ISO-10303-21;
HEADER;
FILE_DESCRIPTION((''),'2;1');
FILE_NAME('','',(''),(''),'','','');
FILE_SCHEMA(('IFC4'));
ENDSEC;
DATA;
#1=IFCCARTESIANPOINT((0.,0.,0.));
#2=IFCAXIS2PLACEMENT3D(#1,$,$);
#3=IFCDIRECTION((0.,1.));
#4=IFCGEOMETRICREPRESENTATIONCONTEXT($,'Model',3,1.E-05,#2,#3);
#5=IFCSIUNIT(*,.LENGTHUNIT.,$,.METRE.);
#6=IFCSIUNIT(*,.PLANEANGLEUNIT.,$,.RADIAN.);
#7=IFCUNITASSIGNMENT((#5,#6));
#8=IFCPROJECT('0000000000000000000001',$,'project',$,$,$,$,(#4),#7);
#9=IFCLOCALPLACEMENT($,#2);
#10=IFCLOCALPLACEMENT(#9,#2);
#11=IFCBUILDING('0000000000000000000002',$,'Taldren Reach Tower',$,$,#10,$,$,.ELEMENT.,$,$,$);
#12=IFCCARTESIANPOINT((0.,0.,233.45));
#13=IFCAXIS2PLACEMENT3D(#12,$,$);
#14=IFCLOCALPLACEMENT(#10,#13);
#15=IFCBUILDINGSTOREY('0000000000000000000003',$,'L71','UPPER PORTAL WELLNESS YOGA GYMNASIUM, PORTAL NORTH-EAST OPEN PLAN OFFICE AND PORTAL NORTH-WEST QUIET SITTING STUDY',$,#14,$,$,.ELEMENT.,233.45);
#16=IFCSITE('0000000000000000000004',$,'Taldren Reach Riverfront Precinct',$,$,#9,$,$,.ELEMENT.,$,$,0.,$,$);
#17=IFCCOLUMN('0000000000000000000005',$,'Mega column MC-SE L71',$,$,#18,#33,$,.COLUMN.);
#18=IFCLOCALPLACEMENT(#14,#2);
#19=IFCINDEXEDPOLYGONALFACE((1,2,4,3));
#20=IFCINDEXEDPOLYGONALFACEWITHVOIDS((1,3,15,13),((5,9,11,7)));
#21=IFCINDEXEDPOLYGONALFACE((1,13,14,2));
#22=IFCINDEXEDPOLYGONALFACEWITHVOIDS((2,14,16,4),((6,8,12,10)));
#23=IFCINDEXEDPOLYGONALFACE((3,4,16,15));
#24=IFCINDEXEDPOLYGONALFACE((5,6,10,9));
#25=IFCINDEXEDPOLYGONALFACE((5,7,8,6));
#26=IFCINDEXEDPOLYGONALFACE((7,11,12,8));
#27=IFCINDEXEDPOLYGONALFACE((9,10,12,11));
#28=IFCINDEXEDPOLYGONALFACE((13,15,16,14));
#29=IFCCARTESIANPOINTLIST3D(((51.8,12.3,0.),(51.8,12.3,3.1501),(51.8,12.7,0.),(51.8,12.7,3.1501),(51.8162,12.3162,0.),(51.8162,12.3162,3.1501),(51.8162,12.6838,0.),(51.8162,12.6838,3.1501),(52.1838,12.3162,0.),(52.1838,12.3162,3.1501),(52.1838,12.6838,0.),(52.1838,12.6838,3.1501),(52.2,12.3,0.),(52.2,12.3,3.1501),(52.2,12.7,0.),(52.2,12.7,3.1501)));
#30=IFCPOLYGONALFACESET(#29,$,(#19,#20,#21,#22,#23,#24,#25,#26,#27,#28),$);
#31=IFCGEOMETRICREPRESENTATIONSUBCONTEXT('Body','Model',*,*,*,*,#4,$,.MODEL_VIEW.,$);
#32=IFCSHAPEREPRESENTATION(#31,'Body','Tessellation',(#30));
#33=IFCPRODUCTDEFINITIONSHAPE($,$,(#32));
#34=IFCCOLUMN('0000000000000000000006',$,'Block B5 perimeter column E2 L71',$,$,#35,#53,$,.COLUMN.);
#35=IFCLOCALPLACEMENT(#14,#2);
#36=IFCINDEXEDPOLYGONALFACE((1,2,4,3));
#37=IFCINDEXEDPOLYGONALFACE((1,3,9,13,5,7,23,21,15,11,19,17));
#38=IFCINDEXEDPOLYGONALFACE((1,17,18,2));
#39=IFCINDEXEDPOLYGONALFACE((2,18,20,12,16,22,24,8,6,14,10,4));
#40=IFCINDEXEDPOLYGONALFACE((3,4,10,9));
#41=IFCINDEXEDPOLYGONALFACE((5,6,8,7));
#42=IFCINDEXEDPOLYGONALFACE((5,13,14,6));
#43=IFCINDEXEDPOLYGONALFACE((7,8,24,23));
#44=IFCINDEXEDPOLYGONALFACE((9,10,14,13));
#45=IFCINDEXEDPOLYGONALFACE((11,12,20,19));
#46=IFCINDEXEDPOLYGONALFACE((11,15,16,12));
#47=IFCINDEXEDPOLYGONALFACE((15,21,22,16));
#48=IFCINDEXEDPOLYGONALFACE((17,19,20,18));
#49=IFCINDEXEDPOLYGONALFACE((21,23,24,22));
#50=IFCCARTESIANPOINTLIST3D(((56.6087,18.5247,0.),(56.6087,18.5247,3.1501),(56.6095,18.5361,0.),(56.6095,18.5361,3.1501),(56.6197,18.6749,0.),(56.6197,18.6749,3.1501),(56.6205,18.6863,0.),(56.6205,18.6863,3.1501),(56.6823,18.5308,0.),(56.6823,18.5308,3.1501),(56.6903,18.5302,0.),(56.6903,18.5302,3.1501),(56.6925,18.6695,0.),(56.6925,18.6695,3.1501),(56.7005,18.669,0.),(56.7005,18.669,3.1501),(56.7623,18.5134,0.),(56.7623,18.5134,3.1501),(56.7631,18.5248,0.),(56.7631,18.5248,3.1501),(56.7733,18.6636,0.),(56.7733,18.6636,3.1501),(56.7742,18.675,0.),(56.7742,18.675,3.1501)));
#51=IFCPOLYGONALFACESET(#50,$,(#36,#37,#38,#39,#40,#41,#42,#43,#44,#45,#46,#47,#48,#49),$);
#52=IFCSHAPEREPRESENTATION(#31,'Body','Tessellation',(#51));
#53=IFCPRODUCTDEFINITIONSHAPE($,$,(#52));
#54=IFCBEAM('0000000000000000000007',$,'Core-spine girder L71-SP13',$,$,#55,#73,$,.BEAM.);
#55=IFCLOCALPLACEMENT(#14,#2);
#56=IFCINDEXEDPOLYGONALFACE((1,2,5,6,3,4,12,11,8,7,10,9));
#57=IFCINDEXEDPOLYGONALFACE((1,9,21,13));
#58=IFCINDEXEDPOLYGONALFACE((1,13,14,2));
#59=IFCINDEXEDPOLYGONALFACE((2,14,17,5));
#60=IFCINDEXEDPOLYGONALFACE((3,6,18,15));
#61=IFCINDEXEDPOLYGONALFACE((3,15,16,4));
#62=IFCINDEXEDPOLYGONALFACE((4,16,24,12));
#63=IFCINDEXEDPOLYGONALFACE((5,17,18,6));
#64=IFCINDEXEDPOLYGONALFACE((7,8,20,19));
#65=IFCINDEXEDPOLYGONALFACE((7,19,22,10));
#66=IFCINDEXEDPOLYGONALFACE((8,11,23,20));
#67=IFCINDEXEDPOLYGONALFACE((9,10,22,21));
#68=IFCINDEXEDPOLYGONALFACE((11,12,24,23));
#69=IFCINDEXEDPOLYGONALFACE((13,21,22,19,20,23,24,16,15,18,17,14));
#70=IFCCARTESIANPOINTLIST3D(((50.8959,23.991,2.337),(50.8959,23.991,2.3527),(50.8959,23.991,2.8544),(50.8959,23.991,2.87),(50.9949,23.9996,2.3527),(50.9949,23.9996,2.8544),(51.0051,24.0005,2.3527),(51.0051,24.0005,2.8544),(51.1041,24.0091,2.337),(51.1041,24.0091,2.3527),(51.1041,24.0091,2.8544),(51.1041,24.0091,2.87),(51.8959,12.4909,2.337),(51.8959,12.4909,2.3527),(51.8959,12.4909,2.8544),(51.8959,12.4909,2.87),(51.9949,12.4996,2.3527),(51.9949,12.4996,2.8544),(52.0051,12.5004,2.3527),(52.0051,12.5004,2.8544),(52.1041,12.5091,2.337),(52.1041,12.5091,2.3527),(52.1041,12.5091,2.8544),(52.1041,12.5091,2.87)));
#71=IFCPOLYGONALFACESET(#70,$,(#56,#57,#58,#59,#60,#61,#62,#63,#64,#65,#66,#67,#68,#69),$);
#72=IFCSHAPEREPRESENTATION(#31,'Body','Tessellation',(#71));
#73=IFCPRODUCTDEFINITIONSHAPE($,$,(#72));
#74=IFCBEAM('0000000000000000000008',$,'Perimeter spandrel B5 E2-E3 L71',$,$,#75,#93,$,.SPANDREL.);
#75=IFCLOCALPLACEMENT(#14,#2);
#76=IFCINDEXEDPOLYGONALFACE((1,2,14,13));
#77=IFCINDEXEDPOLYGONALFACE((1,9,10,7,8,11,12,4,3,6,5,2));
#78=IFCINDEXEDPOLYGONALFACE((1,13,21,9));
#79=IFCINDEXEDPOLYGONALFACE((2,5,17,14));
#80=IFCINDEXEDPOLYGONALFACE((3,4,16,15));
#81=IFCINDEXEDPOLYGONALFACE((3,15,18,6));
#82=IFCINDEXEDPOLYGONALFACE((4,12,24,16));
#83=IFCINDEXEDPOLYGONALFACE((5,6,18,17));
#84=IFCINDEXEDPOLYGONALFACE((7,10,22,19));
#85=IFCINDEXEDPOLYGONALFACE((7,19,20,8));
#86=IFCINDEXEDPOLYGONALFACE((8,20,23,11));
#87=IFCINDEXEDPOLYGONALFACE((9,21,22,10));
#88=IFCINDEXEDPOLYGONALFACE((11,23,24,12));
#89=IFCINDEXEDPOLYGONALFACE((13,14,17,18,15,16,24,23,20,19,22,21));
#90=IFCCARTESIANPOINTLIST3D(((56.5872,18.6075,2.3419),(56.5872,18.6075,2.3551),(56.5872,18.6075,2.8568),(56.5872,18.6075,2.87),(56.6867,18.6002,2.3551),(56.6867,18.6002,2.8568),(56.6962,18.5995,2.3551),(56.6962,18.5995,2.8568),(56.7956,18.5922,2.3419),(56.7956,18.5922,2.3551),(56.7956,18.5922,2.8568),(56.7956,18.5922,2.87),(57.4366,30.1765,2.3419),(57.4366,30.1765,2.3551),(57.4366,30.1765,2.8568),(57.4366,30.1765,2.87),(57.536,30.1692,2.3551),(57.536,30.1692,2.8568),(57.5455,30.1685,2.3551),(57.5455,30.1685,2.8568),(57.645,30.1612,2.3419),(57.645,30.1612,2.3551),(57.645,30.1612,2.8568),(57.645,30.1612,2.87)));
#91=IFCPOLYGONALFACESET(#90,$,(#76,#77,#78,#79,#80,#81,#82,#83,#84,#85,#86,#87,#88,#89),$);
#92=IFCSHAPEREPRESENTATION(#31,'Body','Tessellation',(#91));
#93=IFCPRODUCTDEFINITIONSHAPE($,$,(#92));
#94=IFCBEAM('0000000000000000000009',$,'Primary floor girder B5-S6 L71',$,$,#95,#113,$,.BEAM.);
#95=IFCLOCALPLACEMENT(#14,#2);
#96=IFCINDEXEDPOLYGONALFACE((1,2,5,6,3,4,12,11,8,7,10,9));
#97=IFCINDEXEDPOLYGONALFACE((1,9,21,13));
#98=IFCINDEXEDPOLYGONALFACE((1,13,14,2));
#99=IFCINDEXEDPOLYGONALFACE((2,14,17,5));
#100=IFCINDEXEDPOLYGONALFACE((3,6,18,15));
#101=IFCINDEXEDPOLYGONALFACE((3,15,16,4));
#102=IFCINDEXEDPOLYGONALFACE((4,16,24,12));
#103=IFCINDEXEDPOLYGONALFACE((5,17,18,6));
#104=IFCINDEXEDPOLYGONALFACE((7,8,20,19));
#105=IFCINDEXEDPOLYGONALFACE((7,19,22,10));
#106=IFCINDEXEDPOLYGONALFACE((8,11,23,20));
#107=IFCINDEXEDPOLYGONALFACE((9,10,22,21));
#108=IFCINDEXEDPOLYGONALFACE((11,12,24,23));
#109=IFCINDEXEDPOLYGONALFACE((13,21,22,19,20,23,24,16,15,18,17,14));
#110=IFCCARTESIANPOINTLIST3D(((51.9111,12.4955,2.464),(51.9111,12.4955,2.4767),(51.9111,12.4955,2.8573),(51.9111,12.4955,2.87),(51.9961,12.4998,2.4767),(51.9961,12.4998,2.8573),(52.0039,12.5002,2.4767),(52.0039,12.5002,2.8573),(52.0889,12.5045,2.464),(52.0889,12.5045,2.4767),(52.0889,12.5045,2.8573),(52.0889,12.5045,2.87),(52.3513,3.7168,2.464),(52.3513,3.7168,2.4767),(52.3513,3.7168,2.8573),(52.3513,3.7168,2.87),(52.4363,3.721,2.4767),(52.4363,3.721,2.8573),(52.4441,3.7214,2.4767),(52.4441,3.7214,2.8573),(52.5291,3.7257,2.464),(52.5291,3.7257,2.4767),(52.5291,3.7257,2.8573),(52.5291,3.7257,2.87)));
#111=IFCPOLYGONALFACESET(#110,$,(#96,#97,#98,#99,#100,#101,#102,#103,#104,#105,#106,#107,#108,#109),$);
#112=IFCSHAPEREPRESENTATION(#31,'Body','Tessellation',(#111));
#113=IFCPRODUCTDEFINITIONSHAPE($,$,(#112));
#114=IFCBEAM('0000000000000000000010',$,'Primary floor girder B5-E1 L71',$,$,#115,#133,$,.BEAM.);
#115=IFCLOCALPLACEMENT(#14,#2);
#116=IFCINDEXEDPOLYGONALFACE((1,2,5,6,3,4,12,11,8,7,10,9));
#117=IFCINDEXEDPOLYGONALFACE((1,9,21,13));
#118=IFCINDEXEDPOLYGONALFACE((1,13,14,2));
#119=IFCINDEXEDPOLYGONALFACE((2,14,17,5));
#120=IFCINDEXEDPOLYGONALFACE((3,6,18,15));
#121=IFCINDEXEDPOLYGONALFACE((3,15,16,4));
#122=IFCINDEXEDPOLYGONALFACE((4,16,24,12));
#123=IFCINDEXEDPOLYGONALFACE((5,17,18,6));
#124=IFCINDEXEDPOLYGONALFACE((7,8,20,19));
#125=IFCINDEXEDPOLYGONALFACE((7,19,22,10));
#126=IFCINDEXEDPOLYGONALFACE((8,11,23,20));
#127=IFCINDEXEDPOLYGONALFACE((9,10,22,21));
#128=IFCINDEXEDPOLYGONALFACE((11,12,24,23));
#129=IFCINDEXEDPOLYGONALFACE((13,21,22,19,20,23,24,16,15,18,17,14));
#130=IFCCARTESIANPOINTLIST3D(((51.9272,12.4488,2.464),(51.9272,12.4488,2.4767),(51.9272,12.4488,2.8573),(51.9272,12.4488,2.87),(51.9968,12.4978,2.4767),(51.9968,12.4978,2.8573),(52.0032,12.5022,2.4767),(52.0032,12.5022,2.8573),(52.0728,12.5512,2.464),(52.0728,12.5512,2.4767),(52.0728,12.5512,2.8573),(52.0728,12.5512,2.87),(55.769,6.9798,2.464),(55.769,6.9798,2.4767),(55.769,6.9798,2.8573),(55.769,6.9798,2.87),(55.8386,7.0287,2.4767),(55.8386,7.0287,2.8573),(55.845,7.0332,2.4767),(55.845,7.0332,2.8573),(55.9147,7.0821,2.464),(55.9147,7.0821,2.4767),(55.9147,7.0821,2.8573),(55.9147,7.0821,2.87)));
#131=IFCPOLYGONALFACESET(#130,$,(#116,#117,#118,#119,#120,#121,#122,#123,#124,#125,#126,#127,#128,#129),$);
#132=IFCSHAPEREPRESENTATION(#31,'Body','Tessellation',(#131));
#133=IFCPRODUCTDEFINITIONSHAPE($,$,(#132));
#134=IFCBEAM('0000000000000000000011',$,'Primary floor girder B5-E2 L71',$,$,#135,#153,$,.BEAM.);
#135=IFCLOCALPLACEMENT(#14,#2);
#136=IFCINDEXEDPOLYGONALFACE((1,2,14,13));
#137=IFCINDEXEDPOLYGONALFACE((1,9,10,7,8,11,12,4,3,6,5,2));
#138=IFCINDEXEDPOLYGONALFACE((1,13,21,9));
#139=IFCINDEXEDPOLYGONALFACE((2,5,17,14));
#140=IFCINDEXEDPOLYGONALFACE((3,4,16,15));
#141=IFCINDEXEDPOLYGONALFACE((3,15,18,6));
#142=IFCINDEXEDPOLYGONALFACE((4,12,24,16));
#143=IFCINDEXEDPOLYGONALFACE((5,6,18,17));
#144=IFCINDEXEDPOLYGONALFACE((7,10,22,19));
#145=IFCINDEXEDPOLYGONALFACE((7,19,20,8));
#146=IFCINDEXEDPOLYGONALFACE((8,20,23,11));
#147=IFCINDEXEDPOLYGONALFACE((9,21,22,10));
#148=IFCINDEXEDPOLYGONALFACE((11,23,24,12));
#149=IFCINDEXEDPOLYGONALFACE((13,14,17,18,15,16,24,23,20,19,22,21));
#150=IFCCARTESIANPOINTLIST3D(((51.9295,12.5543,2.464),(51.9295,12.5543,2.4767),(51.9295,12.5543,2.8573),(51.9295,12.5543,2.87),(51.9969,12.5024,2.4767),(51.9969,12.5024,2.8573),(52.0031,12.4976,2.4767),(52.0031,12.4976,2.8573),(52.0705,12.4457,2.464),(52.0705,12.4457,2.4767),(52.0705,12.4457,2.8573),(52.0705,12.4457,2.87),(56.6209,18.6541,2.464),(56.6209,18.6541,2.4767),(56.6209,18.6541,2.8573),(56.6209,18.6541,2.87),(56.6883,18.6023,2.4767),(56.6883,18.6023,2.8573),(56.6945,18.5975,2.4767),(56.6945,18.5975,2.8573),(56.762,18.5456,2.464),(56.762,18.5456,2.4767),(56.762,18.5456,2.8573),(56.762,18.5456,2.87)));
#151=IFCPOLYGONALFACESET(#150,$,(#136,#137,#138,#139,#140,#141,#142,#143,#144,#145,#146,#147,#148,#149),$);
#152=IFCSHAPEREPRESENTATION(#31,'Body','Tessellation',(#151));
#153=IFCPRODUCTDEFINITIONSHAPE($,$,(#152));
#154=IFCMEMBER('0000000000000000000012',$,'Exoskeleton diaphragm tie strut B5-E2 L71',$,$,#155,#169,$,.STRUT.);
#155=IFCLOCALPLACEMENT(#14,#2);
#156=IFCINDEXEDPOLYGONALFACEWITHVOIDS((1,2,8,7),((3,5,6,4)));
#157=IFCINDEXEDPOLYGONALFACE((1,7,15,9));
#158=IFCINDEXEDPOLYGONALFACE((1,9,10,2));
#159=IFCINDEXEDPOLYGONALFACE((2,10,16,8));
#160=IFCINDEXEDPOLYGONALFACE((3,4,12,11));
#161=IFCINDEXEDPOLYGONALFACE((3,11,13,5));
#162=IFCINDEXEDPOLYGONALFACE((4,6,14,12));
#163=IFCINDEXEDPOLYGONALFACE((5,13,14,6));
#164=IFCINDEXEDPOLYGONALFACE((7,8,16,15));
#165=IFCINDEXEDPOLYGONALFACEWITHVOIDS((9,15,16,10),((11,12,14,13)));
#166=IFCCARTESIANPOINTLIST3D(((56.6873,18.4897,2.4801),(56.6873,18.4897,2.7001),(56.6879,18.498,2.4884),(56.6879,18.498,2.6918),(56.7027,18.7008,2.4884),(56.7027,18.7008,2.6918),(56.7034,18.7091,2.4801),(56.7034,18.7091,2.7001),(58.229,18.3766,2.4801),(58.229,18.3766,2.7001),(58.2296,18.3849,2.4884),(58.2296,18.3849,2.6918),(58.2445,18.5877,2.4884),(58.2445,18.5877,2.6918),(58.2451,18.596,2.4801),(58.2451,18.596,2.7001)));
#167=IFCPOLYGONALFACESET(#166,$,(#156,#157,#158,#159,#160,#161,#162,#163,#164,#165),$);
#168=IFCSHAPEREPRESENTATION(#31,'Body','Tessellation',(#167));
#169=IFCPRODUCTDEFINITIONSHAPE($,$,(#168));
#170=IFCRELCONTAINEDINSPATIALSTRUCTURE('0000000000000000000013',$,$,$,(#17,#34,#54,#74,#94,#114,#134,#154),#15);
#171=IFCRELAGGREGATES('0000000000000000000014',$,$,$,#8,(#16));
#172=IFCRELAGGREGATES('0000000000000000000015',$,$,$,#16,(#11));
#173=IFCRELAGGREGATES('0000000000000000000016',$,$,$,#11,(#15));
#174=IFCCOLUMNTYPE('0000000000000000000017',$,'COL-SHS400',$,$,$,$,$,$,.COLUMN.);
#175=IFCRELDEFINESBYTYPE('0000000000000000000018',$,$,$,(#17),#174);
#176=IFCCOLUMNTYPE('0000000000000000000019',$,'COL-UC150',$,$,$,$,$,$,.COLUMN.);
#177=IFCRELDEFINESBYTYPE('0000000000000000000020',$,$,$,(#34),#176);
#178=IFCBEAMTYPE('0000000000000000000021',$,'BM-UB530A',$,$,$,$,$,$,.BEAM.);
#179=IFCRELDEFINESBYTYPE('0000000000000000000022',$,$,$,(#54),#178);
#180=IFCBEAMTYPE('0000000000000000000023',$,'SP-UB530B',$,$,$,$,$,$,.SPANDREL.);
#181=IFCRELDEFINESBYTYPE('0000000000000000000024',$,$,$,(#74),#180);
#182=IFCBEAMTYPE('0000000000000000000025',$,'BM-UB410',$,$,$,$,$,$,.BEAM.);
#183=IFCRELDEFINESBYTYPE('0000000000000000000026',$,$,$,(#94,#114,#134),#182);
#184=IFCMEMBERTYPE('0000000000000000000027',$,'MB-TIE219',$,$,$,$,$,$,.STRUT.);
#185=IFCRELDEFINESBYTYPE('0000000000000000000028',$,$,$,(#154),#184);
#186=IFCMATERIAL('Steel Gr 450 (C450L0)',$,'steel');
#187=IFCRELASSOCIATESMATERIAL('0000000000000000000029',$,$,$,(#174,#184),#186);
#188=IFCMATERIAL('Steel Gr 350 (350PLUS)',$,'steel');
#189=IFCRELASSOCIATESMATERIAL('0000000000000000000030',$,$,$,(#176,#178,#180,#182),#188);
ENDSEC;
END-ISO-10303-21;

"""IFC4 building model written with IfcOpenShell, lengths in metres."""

from ifc_helpers import new_model, si_unit, direction, frame, origin, origin_2d, place, context, subcontext, project, spatial, hollow_rectangle, i_section, extrude, source, transform, mapped, material, material_profile, profile_set, type_object, element, save


model = new_model("IFC4")

# Units and contexts
model_context = context("Model", 3, precision=1e-05, world=origin(), true_north=direction((0.0, 1.0)))
body_context = subcontext(model_context, "Body", "Model", "MODEL_VIEW")
ifc_project = project(units=[si_unit("LENGTHUNIT", "METRE"), si_unit("PLANEANGLEUNIT", "RADIAN")], contexts=[model_context])

# Site, building, storey
site_placement = place(None, origin())
site = spatial("IfcSite", under=ifc_project, at=site_placement, Name="Taldren Reach Riverfront Precinct", CompositionType="ELEMENT", RefElevation=0.0)
building_placement = place(site_placement, origin())
building = spatial("IfcBuilding", under=site, at=building_placement, Name="Taldren Reach Tower", CompositionType="ELEMENT")
storey_placement = place(building_placement, frame((0.0, 0.0, 233.45)))
storey = spatial("IfcBuildingStorey", under=building, at=storey_placement, Name="L71", Description="UPPER PORTAL WELLNESS YOGA GYMNASIUM, PORTAL NORTH-EAST OPEN PLAN OFFICE AND PORTAL NORTH-WEST QUIET SITTING STUDY", CompositionType="ELEMENT", Elevation=233.45)

# Columns
ifc_material_1 = material(Name="Steel Gr 450 (C450L0)", Category="steel")
ifc_material_profile_1 = material_profile(ifc_material_1, hollow_rectangle(XDim=0.3999, YDim=0.3999, WallThickness=0.0161, at=origin_2d()), Name="400x400x16.0SHS")
ifc_profile_set_1 = profile_set([ifc_material_profile_1], Name="Steel Gr 450 (C450L0)")
column_type_1 = type_object("IfcColumnType", Name="COL-SHS400", PredefinedType="COLUMN", material=ifc_profile_set_1)
shared_shape_1 = source(origin(), body_context, "Body", "SweptSolid", [
    extrude(hollow_rectangle(XDim=0.3999, YDim=0.3999, WallThickness=0.0161, at=origin_2d()), origin(), (0.0, 0.0, 1.0), 3.1501),
])
column_1_placement = place(storey_placement, frame((52.0, 12.5, 0.0), z_axis=(0.0, 0.0, 1.0), x_axis=(1.0, 0.0, 0.0)))
element("IfcColumn", 1, at=column_1_placement, inside=storey, type_object=column_type_1, Name="Mega column MC-SE L71", PredefinedType="COLUMN", context=body_context, shape_type="MappedRepresentation", body=[
    mapped(shared_shape_1, transform((0.0, 0.0, 0.0), scale=1.0)),
])
ifc_material_2 = material(Name="Steel Gr 350 (350PLUS)", Category="steel")
ifc_material_profile_2 = material_profile(ifc_material_2, i_section(OverallWidth=0.1541, OverallDepth=0.1621, WebThickness=0.0081, FlangeThickness=0.0115, at=origin_2d()), Name="150UC37.2")
ifc_profile_set_2 = profile_set([ifc_material_profile_2], Name="Steel Gr 350 (350PLUS)")
column_type_2 = type_object("IfcColumnType", Name="COL-UC150", PredefinedType="COLUMN", material=ifc_profile_set_2)
shared_shape_2 = source(origin(), body_context, "Body", "SweptSolid", [
    extrude(i_section(OverallWidth=0.1541, OverallDepth=0.1621, WebThickness=0.0081, FlangeThickness=0.0115, at=origin_2d()), origin(), (0.0, 0.0, 1.0), 3.1501),
])
column_2_placement = place(storey_placement, frame((56.6914, 18.5999, 0.0), z_axis=(0.0, 0.0, 1.0), x_axis=(0.997314, -0.073238, 0.0)))
element("IfcColumn", 2, at=column_2_placement, inside=storey, type_object=column_type_2, Name="Block B5 perimeter column E2 L71", PredefinedType="COLUMN", context=body_context, shape_type="MappedRepresentation", body=[
    mapped(shared_shape_2, transform((0.0, 0.0, 0.0), scale=1.0)),
])

# Beams
ifc_material_profile_3 = material_profile(ifc_material_2, i_section(OverallWidth=0.209, OverallDepth=0.533, WebThickness=0.0103, FlangeThickness=0.0156, at=origin_2d()), Name="530UB92.4")
ifc_profile_set_3 = profile_set([ifc_material_profile_3], Name="Steel Gr 350 (350PLUS)")
beam_type_1 = type_object("IfcBeamType", Name="BM-UB530A", PredefinedType="BEAM", material=ifc_profile_set_3)
shared_shape_3 = source(origin(), body_context, "Body", "SweptSolid", [
    extrude(i_section(OverallWidth=0.209, OverallDepth=0.533, WebThickness=0.0103, FlangeThickness=0.0156, at=origin_2d()), origin(), (0.0, 0.0, 1.0), 11.5435),
])
beam_1_placement = place(storey_placement, frame((52.0, 12.5, 2.6035), z_axis=(-0.08663, 0.996241, 0.0), x_axis=(-0.996241, -0.08663, 0.0)))
element("IfcBeam", 3, at=beam_1_placement, inside=storey, type_object=beam_type_1, Name="Core-spine girder L71-SP13", PredefinedType="BEAM", context=body_context, shape_type="MappedRepresentation", body=[
    mapped(shared_shape_3, transform((0.0, 0.0, 0.0), scale=1.0)),
])
ifc_material_profile_4 = material_profile(ifc_material_2, i_section(OverallWidth=0.209, OverallDepth=0.5281, WebThickness=0.0095, FlangeThickness=0.0132, at=origin_2d()), Name="530UB82.0")
ifc_profile_set_4 = profile_set([ifc_material_profile_4], Name="Steel Gr 350 (350PLUS)")
beam_type_2 = type_object("IfcBeamType", Name="SP-UB530B", PredefinedType="SPANDREL", material=ifc_profile_set_4)
shared_shape_4 = source(origin(), body_context, "Body", "SweptSolid", [
    extrude(i_section(OverallWidth=0.209, OverallDepth=0.5281, WebThickness=0.0095, FlangeThickness=0.0132, at=origin_2d()), origin(), (0.0, 0.0, 1.0), 11.6001),
])
beam_2_placement = place(storey_placement, frame((56.6914, 18.5999, 2.606), z_axis=(0.073221, 0.997316, 0.0), x_axis=(-0.997316, 0.073221, 0.0)))
element("IfcBeam", 4, at=beam_2_placement, inside=storey, type_object=beam_type_2, Name="Perimeter spandrel B5 E2-E3 L71", PredefinedType="SPANDREL", context=body_context, shape_type="MappedRepresentation", body=[
    mapped(shared_shape_4, transform((0.0, 0.0, 0.0), scale=1.0)),
])
ifc_material_profile_5 = material_profile(ifc_material_2, i_section(OverallWidth=0.178, OverallDepth=0.406, WebThickness=0.0078, FlangeThickness=0.0127, at=origin_2d()), Name="410UB59.7")
ifc_profile_set_5 = profile_set([ifc_material_profile_5], Name="Steel Gr 350 (350PLUS)")
beam_type_3 = type_object("IfcBeamType", Name="BM-UB410", PredefinedType="BEAM", material=ifc_profile_set_5)
shared_shape_5 = source(origin(), body_context, "Body", "SweptSolid", [
    extrude(i_section(OverallWidth=0.178, OverallDepth=0.406, WebThickness=0.0078, FlangeThickness=0.0127, at=origin_2d()), origin(), (0.0, 0.0, 1.0), 8.7898),
])
beam_3_placement = place(storey_placement, frame((52.0, 12.5, 2.667), z_axis=(0.050079, -0.998745, 0.0), x_axis=(0.998745, 0.050079, 0.0)))
element("IfcBeam", 5, at=beam_3_placement, inside=storey, type_object=beam_type_3, Name="Primary floor girder B5-S6 L71", PredefinedType="BEAM", context=body_context, shape_type="MappedRepresentation", body=[
    mapped(shared_shape_5, transform((0.0, 0.0, 0.0), scale=1.0)),
])
shared_shape_6 = source(origin(), body_context, "Body", "SweptSolid", [
    extrude(i_section(OverallWidth=0.178, OverallDepth=0.406, WebThickness=0.0078, FlangeThickness=0.0127, at=origin_2d()), origin(), (0.0, 0.0, 1.0), 6.6836),
])
beam_4_placement = place(storey_placement, frame((52.0, 12.5, 2.667), z_axis=(0.574817, -0.818282, 0.0), x_axis=(0.818282, 0.574817, 0.0)))
element("IfcBeam", 6, at=beam_4_placement, inside=storey, type_object=beam_type_3, Name="Primary floor girder B5-E1 L71", PredefinedType="BEAM", context=body_context, shape_type="MappedRepresentation", body=[
    mapped(shared_shape_6, transform((0.0, 0.0, 0.0), scale=1.0)),
])
shared_shape_7 = source(origin(), body_context, "Body", "SweptSolid", [
    extrude(i_section(OverallWidth=0.178, OverallDepth=0.406, WebThickness=0.0078, FlangeThickness=0.0127, at=origin_2d()), origin(), (0.0, 0.0, 1.0), 7.6953),
])
beam_5_placement = place(storey_placement, frame((52.0, 12.5, 2.667), z_axis=(0.609646, 0.792674, 0.0), x_axis=(-0.792674, 0.609646, 0.0)))
element("IfcBeam", 7, at=beam_5_placement, inside=storey, type_object=beam_type_3, Name="Primary floor girder B5-E2 L71", PredefinedType="BEAM", context=body_context, shape_type="MappedRepresentation", body=[
    mapped(shared_shape_7, transform((0.0, 0.0, 0.0), scale=1.0)),
])

# Member
ifc_material_profile_6 = material_profile(ifc_material_1, hollow_rectangle(XDim=0.22, YDim=0.22, WallThickness=0.0083, at=origin_2d()), Name="220x220x8.2SHS")
ifc_profile_set_6 = profile_set([ifc_material_profile_6], Name="Steel Gr 450 (C450L0)")
member_type_1 = type_object("IfcMemberType", Name="MB-TIE219", PredefinedType="STRUT", material=ifc_profile_set_6)
shared_shape_8 = source(origin(), body_context, "Body", "SweptSolid", [
    extrude(hollow_rectangle(XDim=0.22, YDim=0.22, WallThickness=0.0083, at=origin_2d()), origin(), (0.0, 0.0, 1.0), 1.5459),
])
member_1_placement = place(storey_placement, frame((56.6953, 18.5994, 2.5901), z_axis=(0.997323, -0.073121, 0.0), x_axis=(0.073121, 0.997323, 0.0)))
element("IfcMember", 8, at=member_1_placement, inside=storey, type_object=member_type_1, Name="Exoskeleton diaphragm tie strut B5-E2 L71", PredefinedType="STRUT", context=body_context, shape_type="MappedRepresentation", body=[
    mapped(shared_shape_8, transform((0.0, 0.0, 0.0), scale=1.0)),
])

save(model, "model.ifc")
